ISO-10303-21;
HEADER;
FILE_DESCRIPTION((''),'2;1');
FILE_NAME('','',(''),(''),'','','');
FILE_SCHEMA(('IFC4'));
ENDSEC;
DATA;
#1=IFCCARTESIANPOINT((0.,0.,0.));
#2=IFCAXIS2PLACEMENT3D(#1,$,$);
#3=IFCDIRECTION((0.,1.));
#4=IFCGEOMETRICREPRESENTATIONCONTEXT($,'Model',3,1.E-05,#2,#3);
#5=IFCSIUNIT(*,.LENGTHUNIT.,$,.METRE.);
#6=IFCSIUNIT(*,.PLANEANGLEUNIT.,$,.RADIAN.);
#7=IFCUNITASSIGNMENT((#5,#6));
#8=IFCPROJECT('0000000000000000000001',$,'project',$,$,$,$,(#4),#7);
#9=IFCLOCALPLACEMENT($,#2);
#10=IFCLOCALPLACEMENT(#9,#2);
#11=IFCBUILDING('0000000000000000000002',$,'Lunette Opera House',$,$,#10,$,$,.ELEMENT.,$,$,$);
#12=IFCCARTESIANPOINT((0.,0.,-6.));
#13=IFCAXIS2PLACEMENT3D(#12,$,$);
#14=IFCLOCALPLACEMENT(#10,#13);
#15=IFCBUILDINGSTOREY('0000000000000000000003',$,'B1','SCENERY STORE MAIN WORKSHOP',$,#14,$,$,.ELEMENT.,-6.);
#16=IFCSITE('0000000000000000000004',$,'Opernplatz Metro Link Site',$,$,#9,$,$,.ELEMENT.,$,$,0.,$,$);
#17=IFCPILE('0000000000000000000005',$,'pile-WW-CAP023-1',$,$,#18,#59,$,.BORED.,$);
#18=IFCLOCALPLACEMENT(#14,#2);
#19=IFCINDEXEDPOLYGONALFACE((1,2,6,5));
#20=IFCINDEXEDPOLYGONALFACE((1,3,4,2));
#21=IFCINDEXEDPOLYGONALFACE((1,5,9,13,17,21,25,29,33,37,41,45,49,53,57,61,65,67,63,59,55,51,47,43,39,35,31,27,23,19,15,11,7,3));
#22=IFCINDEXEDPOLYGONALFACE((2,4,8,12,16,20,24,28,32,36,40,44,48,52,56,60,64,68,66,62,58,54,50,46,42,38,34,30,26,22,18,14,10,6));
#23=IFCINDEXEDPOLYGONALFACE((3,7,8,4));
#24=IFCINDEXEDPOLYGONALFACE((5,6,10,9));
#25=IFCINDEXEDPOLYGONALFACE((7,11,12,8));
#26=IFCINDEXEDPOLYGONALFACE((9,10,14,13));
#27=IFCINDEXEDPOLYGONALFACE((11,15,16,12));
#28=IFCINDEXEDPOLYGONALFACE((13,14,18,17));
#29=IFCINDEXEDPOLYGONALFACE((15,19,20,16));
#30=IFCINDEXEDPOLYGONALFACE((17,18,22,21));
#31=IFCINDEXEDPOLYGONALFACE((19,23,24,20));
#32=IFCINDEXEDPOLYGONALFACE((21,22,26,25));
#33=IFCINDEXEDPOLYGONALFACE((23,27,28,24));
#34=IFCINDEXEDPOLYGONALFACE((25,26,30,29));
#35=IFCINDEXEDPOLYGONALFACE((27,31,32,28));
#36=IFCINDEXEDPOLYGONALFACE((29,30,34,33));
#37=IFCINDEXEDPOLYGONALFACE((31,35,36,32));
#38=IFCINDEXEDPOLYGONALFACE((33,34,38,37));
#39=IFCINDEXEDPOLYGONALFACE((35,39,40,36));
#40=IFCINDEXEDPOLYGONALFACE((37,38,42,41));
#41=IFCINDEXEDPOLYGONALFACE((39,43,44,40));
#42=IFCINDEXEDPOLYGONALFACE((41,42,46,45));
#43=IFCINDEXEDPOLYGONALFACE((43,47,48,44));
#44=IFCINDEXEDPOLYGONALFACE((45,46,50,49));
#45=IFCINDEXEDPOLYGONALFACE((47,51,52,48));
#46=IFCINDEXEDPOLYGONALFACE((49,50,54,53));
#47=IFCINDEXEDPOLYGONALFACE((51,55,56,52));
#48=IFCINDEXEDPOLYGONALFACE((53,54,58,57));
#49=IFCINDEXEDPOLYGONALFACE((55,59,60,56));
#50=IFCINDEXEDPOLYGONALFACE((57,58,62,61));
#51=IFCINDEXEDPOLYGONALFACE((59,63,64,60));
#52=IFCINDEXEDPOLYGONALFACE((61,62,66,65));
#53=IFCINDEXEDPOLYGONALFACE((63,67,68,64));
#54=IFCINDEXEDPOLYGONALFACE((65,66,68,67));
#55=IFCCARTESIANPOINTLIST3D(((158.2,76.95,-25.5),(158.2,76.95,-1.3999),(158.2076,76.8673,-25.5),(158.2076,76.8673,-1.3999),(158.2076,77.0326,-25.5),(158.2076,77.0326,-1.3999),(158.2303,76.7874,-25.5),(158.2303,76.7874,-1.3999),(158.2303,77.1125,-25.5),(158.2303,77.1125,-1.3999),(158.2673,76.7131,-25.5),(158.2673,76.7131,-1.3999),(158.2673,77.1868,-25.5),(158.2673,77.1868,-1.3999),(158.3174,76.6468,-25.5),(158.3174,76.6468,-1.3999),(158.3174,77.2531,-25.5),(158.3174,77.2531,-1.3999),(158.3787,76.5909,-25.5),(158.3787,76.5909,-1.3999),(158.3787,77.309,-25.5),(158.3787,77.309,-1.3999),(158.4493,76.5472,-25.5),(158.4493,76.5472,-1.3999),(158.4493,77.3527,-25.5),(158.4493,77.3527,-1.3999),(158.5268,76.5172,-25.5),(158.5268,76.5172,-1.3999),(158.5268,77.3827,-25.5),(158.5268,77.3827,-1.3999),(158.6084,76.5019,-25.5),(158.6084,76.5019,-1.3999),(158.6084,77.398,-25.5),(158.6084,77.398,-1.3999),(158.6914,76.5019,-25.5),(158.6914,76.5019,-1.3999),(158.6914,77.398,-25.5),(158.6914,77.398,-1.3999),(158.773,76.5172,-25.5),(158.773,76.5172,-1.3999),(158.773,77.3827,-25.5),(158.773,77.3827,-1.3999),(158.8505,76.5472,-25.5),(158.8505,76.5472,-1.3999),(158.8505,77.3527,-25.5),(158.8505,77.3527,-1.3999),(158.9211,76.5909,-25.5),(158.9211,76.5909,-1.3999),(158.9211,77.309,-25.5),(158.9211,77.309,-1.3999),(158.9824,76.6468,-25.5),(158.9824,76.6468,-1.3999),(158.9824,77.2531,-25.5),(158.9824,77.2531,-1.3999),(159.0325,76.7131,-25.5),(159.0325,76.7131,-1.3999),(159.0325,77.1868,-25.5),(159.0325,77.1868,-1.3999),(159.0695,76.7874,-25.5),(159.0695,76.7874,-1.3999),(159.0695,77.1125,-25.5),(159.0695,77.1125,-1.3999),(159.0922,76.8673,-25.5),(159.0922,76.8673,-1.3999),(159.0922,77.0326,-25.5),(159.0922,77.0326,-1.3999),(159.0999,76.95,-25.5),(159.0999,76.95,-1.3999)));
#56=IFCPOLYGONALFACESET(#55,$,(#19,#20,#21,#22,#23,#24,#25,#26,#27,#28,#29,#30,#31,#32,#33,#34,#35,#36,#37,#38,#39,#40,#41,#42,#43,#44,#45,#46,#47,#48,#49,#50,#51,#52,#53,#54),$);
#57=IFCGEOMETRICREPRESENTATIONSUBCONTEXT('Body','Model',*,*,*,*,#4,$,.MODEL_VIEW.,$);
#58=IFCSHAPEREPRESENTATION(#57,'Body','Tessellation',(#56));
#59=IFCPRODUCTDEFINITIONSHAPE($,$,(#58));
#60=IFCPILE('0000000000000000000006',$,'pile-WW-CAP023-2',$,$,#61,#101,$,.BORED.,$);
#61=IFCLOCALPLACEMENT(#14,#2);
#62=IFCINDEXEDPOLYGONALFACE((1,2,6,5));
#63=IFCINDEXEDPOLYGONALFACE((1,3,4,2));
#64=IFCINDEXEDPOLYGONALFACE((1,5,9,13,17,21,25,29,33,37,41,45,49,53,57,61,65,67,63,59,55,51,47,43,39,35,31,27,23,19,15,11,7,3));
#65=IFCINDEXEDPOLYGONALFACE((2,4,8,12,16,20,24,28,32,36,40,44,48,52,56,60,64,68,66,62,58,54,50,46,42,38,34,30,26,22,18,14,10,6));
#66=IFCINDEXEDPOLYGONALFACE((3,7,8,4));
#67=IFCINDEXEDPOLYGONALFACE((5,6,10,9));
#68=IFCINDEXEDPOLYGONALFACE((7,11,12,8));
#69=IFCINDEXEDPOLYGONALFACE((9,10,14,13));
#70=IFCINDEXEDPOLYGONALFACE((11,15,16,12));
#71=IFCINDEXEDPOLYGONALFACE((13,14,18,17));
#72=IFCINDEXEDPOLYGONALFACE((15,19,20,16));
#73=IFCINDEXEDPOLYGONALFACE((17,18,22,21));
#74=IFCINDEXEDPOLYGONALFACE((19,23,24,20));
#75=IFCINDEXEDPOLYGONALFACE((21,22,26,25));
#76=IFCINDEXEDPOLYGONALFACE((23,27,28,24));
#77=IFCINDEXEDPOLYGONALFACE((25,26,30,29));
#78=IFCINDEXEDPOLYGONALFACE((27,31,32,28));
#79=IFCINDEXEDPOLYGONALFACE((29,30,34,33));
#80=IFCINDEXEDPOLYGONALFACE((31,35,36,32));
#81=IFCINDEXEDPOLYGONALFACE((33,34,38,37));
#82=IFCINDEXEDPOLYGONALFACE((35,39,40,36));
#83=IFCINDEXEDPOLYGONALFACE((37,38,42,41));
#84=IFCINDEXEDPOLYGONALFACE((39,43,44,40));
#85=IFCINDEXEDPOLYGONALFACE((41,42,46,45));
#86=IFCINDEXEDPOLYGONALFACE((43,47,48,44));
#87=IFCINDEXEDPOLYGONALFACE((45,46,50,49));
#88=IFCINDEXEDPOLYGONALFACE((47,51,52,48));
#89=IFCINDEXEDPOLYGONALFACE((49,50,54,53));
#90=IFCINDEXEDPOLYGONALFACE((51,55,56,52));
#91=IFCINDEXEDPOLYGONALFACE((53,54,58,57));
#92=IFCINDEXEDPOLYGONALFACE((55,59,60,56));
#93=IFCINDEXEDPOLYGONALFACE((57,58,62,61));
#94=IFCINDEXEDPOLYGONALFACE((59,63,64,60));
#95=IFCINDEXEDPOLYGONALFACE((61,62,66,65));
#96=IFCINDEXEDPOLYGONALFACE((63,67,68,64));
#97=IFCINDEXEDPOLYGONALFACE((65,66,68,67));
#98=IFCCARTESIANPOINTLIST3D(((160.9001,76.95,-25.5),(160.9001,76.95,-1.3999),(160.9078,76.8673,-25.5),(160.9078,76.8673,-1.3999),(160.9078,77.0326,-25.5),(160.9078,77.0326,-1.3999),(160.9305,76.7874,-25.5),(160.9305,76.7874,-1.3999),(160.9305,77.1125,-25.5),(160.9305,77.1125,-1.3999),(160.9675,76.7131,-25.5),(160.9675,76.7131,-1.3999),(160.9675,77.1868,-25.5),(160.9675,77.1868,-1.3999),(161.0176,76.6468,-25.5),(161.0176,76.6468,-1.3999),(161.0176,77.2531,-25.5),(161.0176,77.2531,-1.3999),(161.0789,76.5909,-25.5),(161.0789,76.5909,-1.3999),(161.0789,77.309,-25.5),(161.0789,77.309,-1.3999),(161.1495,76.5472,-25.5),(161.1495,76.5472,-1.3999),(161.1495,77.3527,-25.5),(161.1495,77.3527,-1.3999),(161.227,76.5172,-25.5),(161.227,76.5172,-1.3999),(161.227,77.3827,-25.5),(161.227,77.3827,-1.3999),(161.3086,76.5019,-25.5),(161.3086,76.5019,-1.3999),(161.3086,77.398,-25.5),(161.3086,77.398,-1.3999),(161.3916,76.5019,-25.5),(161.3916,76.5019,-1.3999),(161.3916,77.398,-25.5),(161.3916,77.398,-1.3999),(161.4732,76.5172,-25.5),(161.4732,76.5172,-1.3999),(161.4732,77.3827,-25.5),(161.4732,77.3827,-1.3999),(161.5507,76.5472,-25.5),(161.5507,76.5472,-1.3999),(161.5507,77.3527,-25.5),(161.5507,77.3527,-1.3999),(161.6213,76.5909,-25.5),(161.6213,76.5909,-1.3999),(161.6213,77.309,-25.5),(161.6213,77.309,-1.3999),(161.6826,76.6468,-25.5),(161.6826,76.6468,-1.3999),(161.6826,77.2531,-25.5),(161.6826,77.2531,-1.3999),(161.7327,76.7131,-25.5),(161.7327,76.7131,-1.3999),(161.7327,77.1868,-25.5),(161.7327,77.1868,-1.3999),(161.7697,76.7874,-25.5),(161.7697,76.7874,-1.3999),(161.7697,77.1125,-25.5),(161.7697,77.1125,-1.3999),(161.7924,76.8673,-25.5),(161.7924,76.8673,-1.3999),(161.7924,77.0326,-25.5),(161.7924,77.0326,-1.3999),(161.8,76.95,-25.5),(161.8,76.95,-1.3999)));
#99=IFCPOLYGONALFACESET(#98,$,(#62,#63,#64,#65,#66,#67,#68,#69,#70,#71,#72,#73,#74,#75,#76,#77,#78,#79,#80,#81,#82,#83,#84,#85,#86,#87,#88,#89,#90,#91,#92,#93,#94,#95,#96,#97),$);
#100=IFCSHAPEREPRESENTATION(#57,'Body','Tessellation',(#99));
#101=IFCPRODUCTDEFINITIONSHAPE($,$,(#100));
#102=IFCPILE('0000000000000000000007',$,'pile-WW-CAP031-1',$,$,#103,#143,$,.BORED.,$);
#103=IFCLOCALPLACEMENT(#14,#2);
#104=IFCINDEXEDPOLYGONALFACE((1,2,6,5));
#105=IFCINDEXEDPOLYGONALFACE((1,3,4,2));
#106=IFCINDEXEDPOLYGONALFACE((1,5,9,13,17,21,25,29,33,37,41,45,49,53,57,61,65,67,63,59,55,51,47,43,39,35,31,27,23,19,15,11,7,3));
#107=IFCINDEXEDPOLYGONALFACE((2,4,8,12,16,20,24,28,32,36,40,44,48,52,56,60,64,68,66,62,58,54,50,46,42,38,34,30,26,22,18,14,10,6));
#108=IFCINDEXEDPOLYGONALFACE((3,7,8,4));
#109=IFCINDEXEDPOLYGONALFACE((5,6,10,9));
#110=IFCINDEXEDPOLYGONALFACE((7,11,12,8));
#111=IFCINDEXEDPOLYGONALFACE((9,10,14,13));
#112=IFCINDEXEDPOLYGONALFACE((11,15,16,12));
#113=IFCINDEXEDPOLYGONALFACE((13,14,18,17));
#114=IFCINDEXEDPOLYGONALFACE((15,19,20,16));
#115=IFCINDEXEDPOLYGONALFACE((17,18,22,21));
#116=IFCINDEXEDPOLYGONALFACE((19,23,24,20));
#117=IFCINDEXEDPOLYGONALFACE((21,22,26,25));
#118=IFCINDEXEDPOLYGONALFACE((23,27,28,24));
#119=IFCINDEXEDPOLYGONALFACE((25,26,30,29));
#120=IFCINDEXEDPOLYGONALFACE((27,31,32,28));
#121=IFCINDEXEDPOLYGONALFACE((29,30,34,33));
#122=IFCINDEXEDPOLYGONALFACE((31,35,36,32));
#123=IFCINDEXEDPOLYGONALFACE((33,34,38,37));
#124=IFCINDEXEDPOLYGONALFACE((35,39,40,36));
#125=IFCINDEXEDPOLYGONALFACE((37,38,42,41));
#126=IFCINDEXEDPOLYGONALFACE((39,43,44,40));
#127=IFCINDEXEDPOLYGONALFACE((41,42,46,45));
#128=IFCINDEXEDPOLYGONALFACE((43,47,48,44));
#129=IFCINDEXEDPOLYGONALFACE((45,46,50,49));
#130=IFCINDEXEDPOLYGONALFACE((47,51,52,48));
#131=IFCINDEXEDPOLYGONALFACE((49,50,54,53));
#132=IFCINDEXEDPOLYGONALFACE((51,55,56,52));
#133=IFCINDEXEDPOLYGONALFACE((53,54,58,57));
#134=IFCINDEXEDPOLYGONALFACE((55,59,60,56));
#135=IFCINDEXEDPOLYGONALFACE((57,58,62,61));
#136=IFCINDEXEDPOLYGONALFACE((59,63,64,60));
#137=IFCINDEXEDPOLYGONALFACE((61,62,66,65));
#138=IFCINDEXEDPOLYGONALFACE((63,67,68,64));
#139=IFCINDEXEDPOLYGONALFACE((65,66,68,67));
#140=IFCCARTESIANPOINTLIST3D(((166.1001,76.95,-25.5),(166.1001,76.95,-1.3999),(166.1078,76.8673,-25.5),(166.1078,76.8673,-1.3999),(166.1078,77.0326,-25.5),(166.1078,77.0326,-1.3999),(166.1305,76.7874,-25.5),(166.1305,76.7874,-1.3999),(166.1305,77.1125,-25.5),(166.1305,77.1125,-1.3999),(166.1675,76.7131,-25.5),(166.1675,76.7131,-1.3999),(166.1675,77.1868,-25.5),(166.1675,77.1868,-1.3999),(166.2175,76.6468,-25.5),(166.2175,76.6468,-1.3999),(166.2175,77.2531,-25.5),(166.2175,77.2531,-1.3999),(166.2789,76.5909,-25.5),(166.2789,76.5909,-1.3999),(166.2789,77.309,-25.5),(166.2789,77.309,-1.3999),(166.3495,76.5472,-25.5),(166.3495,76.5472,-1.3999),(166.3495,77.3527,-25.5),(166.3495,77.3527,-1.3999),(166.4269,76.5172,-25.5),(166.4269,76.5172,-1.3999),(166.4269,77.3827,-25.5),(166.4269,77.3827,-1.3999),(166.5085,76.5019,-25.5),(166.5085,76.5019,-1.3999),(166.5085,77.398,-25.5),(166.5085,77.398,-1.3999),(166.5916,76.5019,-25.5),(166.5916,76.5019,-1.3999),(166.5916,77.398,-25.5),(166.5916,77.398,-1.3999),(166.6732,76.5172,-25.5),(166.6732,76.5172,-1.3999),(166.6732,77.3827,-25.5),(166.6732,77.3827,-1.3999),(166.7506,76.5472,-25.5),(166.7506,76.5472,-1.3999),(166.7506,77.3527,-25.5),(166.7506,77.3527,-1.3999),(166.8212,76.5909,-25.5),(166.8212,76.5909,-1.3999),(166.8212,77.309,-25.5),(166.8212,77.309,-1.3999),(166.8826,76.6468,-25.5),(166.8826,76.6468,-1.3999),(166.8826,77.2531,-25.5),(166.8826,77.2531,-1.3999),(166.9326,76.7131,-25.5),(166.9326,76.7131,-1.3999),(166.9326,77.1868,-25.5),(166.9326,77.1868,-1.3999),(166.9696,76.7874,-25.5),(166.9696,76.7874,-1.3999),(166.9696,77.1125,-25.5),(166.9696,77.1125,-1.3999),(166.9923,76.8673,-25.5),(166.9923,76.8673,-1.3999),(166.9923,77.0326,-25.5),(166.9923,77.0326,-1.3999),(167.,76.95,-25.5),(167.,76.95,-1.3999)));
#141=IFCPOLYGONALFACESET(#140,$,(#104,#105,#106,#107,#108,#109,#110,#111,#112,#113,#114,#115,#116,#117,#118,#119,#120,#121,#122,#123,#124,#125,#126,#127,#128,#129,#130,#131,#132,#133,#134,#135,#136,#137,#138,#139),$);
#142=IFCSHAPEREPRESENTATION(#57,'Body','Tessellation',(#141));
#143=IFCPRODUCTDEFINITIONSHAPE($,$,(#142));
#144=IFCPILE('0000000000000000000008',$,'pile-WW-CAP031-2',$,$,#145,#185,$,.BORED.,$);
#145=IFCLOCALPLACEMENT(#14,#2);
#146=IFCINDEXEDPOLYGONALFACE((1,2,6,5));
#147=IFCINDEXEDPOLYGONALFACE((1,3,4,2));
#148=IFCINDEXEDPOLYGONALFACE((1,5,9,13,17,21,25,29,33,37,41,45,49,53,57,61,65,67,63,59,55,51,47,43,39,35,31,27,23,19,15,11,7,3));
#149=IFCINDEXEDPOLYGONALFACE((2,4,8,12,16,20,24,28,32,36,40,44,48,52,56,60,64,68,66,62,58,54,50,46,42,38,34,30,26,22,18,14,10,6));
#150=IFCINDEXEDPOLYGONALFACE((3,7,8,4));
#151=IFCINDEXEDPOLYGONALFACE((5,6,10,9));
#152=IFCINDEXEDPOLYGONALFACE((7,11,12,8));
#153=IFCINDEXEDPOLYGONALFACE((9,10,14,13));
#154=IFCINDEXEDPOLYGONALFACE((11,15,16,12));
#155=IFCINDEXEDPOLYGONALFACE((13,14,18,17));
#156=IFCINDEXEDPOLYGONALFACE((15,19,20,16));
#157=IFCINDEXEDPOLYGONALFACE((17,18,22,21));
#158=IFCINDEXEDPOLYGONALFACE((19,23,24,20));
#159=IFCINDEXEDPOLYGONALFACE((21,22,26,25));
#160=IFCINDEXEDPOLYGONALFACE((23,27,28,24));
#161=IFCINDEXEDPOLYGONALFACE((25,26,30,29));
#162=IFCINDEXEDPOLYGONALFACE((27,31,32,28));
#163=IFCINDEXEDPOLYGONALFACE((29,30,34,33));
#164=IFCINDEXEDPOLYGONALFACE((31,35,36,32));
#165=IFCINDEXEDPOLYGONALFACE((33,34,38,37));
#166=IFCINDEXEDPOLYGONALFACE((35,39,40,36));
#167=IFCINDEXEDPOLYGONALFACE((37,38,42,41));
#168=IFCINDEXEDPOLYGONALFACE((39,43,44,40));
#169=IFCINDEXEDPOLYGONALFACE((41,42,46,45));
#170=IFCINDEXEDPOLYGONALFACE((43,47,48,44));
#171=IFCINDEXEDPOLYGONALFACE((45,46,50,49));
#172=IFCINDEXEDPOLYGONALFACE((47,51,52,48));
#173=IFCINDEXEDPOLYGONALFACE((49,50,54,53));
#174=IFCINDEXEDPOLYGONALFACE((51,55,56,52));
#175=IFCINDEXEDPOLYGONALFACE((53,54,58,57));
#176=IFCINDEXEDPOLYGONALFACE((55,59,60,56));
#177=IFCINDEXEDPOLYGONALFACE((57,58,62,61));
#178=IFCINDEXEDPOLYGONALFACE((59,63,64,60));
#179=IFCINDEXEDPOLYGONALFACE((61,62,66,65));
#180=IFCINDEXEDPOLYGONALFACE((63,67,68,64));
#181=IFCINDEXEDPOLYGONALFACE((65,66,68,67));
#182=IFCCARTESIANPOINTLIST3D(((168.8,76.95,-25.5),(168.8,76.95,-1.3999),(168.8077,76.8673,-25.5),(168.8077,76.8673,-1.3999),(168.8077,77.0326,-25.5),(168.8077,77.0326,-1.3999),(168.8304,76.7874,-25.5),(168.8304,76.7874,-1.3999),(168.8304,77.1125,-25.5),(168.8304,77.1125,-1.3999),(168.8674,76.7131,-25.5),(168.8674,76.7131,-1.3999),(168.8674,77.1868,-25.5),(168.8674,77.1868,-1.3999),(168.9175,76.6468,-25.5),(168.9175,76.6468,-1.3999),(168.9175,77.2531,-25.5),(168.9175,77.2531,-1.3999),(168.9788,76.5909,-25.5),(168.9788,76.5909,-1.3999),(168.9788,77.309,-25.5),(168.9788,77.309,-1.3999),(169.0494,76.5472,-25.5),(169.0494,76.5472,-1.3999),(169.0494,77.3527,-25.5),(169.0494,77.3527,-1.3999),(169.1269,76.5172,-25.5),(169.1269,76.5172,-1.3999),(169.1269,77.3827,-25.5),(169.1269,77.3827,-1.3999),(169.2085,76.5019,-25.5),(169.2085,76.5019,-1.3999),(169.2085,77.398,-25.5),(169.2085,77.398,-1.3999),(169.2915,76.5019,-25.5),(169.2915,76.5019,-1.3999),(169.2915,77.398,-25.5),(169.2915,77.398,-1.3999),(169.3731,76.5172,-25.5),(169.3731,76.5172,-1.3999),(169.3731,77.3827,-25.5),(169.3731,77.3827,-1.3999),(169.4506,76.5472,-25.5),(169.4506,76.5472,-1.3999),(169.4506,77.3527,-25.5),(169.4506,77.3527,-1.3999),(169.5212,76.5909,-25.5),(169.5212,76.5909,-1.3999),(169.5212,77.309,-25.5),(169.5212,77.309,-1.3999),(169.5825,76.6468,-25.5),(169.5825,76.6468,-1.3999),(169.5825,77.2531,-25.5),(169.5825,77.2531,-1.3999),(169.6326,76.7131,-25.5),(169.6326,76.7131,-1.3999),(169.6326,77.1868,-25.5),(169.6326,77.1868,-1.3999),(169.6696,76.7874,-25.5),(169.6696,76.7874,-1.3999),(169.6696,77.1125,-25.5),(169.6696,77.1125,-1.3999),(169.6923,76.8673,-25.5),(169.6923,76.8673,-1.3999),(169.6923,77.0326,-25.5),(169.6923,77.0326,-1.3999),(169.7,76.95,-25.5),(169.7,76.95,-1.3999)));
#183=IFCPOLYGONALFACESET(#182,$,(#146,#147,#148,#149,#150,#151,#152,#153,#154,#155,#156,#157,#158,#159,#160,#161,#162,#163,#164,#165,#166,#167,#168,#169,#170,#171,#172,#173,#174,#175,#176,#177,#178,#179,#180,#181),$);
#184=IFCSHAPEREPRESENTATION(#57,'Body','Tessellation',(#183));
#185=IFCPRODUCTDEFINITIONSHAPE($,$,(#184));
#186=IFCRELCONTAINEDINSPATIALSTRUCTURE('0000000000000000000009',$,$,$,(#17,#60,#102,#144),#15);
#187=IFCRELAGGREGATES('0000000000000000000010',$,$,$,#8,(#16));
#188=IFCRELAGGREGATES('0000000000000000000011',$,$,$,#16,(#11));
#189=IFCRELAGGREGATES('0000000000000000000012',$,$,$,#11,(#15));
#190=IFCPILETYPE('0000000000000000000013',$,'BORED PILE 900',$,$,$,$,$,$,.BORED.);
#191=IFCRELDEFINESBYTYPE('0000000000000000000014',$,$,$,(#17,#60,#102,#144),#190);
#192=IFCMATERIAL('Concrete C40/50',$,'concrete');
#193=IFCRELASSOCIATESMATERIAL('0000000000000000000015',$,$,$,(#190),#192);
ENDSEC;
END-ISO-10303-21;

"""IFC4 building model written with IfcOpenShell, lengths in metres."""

from ifc_helpers import new_model, si_unit, direction, frame, origin, origin_2d, place, context, subcontext, project, spatial, circle, extrude, material, material_profile, profile_set, type_object, element, save


model = new_model("IFC4")

# Units and contexts
model_context = context("Model", 3, precision=1e-05, world=origin(), true_north=direction((0.0, 1.0)))
body_context = subcontext(model_context, "Body", "Model", "MODEL_VIEW")
ifc_project = project(units=[si_unit("LENGTHUNIT", "METRE"), si_unit("PLANEANGLEUNIT", "RADIAN")], contexts=[model_context])

# Site, building, storey
site_placement = place(None, origin())
site = spatial("IfcSite", under=ifc_project, at=site_placement, Name="Opernplatz Metro Link Site", CompositionType="ELEMENT", RefElevation=0.0)
building_placement = place(site_placement, origin())
building = spatial("IfcBuilding", under=site, at=building_placement, Name="Lunette Opera House", CompositionType="ELEMENT")
storey_placement = place(building_placement, frame((0.0, 0.0, -6.0)))
storey = spatial("IfcBuildingStorey", under=building, at=storey_placement, Name="B1", Description="SCENERY STORE MAIN WORKSHOP", CompositionType="ELEMENT", Elevation=-6.0)

# Piles
ifc_material_1 = material(Name="Concrete C40/50", Category="concrete")
ifc_material_profile_1 = material_profile(ifc_material_1, circle(Radius=0.45, at=origin_2d()), Name="BORED PILE 900")
ifc_profile_set_1 = profile_set([ifc_material_profile_1], Name="Concrete C40/50")
pile_type = type_object("IfcPileType", Name="BORED PILE 900", PredefinedType="BORED", material=ifc_profile_set_1)
for number, where, z_axis, x_axis, name in (
    (1, (158.6499, 76.95, -1.3999), (0.0, 0.0, -1.0), (1.0, 0.0, 0.0), "pile-WW-CAP023-1"),
    (2, (161.3501, 76.95, -1.3999), (0.0, 0.0, -1.0), (1.0, 0.0, 0.0), "pile-WW-CAP023-2"),
    (3, (166.55, 76.95, -1.3999), (0.0, 0.0, -1.0), (1.0, 0.0, 0.0), "pile-WW-CAP031-1"),
    (4, (169.25, 76.95, -1.3999), (0.0, 0.0, -1.0), (1.0, 0.0, 0.0), "pile-WW-CAP031-2"),
):
    element("IfcPile", number, at=place(storey_placement, frame(where, z_axis=z_axis, x_axis=x_axis)), inside=storey, type_object=pile_type, Name=name, PredefinedType="BORED", context=body_context, shape_type="SweptSolid", body=[
        extrude(circle(Radius=0.45, at=origin_2d()), origin(), (0.0, 0.0, 1.0), 24.1001),
    ])

save(model, "model.ifc")
